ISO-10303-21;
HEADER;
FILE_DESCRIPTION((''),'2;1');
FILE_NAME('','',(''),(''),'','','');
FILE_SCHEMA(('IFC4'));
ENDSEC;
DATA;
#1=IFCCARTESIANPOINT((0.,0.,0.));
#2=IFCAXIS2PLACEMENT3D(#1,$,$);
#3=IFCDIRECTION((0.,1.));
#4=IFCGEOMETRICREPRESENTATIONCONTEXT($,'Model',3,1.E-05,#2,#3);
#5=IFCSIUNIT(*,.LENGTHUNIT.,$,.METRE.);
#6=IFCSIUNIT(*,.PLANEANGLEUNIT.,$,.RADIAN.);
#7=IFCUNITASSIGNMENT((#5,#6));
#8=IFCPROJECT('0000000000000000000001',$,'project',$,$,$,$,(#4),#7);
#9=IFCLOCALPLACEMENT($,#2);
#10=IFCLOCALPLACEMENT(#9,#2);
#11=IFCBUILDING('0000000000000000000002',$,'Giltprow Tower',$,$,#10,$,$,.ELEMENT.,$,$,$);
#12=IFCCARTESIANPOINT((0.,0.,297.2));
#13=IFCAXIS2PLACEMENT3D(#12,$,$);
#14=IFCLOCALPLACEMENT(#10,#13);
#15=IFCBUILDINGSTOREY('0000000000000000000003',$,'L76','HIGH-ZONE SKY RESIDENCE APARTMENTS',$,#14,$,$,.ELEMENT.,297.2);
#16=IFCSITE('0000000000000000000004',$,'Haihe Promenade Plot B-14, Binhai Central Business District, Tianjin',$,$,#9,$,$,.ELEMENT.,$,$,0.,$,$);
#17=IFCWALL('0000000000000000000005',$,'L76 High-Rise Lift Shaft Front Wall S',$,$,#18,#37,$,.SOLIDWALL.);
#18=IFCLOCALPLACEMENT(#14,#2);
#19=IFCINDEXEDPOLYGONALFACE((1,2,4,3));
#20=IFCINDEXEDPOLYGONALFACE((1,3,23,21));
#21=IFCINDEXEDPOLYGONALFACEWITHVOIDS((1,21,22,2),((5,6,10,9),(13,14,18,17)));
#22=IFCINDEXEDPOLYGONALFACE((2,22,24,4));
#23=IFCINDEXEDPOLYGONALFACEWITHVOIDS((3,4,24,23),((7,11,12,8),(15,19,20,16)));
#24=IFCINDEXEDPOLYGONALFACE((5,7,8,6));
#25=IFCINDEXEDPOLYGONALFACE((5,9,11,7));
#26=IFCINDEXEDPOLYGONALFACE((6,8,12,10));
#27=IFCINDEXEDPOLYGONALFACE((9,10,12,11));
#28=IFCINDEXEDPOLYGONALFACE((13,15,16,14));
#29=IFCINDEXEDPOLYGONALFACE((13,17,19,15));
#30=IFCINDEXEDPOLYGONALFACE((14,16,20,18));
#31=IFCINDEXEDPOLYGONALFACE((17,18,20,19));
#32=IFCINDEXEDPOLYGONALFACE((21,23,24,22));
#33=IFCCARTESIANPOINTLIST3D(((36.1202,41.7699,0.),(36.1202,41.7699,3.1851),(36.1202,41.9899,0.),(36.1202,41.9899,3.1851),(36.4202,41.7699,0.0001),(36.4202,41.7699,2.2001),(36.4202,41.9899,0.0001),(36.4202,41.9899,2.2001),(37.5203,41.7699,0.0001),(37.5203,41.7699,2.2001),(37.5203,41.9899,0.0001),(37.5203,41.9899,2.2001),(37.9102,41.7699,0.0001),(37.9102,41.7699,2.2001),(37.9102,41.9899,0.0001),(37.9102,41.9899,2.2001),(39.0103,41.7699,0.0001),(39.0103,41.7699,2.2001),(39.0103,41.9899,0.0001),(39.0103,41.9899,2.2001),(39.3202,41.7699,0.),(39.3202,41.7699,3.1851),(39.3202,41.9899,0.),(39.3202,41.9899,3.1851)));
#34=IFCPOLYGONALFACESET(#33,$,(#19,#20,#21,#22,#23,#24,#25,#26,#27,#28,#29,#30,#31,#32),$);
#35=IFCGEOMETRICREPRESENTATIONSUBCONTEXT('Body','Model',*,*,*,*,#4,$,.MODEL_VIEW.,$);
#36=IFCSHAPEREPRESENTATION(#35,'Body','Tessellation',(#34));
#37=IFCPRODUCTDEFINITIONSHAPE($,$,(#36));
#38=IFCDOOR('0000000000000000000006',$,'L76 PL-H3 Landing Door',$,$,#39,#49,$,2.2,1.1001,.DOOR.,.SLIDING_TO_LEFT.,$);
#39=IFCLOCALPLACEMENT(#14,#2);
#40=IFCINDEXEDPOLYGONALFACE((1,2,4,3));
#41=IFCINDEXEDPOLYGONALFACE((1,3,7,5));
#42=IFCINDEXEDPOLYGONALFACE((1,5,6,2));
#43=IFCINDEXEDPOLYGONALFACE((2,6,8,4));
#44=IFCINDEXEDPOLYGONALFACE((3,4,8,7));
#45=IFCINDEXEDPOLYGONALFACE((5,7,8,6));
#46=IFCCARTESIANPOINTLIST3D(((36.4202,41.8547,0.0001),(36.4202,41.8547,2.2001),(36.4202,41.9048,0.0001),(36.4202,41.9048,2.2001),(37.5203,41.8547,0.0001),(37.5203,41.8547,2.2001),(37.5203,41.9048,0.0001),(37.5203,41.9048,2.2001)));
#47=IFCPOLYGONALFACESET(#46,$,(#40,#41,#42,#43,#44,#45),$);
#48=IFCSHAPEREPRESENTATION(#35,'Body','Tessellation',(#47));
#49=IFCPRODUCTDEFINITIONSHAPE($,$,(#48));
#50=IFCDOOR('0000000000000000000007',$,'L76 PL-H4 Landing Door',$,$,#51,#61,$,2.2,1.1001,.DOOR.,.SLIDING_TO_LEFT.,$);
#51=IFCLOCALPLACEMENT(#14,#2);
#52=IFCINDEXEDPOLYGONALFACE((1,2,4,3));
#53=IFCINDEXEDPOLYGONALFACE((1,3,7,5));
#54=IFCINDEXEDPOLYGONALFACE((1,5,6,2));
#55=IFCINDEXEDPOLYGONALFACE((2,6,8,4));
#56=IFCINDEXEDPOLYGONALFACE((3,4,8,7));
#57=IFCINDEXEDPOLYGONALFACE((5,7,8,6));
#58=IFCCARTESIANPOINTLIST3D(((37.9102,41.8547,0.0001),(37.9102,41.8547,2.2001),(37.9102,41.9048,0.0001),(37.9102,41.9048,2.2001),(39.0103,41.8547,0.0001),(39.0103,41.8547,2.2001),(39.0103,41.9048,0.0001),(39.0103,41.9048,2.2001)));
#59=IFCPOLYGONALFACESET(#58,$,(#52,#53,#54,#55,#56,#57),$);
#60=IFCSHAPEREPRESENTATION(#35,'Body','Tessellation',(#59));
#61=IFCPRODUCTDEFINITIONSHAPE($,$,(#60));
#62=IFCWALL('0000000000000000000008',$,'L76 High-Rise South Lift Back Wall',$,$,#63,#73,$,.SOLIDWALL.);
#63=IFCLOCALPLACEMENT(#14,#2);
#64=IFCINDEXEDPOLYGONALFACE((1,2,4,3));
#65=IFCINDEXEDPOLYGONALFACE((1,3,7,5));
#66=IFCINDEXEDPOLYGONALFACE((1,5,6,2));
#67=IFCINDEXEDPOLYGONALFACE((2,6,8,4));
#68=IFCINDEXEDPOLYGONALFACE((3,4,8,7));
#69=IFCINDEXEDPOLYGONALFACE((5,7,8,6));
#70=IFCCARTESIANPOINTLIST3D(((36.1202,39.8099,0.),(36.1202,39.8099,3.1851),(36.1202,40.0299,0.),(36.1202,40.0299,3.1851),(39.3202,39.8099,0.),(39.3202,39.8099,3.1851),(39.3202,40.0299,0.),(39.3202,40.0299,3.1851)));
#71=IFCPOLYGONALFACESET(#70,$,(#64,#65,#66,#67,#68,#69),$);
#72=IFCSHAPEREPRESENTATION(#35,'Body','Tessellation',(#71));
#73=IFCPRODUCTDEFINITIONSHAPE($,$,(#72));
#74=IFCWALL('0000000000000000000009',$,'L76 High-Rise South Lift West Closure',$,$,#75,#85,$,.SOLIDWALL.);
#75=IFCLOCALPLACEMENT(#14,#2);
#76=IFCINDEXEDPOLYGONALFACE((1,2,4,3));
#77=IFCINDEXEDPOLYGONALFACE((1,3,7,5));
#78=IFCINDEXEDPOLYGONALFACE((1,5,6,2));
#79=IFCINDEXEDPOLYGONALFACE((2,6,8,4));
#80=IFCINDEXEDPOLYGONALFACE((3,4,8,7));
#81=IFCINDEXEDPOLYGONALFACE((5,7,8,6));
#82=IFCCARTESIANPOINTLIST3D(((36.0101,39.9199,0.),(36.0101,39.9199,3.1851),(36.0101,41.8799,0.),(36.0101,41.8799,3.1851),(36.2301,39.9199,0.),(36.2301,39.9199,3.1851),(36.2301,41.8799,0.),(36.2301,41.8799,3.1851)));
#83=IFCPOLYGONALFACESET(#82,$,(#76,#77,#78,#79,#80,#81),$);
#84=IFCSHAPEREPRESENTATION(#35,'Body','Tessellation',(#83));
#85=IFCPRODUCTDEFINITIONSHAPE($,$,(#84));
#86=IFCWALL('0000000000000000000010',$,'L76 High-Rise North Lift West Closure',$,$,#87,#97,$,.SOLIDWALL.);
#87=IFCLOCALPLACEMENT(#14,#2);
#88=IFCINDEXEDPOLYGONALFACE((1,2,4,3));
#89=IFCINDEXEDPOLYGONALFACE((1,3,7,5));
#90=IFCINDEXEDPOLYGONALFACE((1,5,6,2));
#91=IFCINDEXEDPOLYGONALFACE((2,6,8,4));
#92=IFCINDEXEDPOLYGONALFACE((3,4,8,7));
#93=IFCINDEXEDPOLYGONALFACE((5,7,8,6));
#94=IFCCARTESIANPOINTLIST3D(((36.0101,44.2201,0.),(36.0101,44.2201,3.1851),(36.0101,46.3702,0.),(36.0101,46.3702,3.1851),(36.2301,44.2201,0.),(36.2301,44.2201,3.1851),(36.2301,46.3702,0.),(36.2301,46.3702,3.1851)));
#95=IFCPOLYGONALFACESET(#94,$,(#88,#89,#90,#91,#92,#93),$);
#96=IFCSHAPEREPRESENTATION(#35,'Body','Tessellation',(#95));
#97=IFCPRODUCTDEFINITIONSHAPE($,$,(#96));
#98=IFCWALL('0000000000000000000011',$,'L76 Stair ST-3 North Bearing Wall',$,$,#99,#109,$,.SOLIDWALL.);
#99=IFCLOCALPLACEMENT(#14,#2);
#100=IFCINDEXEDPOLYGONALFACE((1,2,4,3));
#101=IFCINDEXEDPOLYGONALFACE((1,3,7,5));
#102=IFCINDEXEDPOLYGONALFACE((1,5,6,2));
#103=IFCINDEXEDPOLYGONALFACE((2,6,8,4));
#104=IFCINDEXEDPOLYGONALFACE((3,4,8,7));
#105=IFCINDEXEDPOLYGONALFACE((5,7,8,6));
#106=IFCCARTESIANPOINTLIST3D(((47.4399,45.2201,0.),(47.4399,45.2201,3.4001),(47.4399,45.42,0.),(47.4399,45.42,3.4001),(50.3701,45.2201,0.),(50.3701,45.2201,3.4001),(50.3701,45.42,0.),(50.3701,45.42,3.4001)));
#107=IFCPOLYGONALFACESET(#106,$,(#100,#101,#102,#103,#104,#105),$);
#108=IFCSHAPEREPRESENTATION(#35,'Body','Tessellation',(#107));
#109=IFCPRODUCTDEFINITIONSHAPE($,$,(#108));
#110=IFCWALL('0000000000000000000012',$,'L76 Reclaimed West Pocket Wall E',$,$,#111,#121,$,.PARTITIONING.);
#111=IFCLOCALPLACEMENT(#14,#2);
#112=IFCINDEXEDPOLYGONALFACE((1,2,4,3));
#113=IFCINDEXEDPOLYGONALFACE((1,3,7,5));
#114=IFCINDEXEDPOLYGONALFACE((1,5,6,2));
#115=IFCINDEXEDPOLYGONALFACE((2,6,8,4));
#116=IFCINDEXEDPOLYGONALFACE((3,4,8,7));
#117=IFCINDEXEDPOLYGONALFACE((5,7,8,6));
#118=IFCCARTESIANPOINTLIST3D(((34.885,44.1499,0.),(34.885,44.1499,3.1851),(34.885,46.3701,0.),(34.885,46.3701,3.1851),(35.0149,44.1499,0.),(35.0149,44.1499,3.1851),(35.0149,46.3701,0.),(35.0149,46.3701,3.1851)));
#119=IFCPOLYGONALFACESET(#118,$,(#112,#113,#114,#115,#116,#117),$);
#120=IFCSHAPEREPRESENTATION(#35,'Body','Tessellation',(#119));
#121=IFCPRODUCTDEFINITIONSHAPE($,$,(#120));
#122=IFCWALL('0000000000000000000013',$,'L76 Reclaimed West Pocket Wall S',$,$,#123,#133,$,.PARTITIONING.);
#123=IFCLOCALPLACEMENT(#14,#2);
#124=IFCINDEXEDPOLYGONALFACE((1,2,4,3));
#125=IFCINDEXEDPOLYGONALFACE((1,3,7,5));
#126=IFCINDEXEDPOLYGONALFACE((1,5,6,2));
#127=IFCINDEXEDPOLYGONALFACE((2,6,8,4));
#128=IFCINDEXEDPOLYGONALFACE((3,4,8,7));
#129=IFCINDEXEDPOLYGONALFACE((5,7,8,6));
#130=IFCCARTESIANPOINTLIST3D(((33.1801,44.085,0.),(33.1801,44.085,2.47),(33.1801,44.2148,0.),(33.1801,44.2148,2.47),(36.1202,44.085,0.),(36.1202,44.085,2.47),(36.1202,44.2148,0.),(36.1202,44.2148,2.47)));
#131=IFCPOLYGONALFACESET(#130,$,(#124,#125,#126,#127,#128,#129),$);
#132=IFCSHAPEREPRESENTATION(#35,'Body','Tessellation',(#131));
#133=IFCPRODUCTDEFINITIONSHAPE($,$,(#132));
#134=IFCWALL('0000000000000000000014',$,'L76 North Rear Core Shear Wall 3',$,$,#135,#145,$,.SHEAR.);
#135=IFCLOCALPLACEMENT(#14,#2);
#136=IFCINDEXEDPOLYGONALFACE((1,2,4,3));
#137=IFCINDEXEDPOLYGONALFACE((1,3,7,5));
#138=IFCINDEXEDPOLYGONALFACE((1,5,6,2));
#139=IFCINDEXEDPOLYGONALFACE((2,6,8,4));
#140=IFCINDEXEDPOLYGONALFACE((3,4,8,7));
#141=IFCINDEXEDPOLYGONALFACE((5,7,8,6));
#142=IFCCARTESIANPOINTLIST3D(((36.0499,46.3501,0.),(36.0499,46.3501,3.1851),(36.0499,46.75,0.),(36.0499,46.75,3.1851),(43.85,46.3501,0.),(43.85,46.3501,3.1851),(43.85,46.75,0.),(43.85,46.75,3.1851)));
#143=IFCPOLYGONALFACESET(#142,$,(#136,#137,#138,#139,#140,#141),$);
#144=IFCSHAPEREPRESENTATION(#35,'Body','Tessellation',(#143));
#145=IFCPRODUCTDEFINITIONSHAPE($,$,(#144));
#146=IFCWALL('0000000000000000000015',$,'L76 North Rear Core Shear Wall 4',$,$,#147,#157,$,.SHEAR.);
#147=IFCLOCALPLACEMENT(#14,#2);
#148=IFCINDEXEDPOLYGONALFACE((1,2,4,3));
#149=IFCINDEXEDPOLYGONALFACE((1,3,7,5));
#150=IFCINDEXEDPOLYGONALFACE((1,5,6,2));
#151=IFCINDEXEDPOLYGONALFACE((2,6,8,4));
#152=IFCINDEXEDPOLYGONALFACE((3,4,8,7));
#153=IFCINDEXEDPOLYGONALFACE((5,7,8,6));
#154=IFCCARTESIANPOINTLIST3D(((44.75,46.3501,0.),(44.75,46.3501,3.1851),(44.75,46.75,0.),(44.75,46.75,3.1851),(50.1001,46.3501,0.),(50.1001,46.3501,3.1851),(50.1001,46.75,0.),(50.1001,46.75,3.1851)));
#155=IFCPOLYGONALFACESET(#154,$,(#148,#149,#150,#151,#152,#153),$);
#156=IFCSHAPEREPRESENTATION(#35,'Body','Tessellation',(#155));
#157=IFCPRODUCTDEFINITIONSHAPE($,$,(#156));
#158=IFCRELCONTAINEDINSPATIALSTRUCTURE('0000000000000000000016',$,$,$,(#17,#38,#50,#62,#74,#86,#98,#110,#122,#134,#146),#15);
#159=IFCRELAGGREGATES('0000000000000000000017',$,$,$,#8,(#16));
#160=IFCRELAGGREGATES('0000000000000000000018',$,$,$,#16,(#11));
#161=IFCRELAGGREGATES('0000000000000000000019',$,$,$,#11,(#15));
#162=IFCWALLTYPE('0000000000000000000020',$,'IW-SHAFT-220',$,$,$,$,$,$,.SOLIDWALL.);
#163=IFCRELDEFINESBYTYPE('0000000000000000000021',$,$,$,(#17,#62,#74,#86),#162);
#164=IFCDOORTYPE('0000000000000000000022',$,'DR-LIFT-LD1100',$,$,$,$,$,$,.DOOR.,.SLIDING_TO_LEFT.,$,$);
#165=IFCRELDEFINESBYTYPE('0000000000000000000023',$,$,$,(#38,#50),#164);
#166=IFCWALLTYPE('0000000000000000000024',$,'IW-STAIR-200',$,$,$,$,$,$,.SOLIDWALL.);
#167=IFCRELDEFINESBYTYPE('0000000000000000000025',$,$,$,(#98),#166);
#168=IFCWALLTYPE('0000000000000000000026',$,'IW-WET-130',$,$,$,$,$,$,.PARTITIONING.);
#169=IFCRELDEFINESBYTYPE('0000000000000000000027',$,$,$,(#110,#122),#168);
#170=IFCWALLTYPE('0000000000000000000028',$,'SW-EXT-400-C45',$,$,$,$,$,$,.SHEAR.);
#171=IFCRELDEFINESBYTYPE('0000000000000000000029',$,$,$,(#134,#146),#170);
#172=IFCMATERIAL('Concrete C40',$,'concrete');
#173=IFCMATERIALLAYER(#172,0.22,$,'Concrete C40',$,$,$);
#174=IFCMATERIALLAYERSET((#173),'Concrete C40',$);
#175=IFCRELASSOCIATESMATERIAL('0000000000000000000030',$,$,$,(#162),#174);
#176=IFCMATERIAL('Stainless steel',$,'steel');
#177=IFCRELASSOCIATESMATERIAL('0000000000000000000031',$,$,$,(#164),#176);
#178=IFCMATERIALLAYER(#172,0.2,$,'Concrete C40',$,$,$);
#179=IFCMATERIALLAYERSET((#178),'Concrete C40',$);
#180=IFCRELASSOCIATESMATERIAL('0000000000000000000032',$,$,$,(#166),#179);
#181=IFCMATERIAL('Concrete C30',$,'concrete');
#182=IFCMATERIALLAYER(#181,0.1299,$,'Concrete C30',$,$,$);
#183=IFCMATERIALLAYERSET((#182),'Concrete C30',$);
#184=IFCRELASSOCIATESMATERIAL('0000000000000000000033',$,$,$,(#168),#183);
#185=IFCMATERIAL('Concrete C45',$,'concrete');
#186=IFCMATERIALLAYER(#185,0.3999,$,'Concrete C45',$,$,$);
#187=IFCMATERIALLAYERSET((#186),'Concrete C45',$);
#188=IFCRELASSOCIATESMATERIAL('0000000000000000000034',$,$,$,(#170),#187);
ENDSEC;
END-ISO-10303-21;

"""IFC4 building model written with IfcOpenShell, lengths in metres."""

from ifc_helpers import new_model, si_unit, direction, frame, frame_2d, origin, place, context, subcontext, project, spatial, rectangle, extrude, source, transform, mapped, material, layer, layer_set, type_object, element, fill, save


model = new_model("IFC4")

# Units and contexts
model_context = context("Model", 3, precision=1e-05, world=origin(), true_north=direction((0.0, 1.0)))
body_context = subcontext(model_context, "Body", "Model", "MODEL_VIEW")
ifc_project = project(units=[si_unit("LENGTHUNIT", "METRE"), si_unit("PLANEANGLEUNIT", "RADIAN")], contexts=[model_context])

# Site, building, storey
site_placement = place(None, origin())
site = spatial("IfcSite", under=ifc_project, at=site_placement, Name="Haihe Promenade Plot B-14, Binhai Central Business District, Tianjin", CompositionType="ELEMENT", RefElevation=0.0)
building_placement = place(site_placement, origin())
building = spatial("IfcBuilding", under=site, at=building_placement, Name="Giltprow Tower", CompositionType="ELEMENT")
storey_placement = place(building_placement, frame((0.0, 0.0, 297.2)))
storey = spatial("IfcBuildingStorey", under=building, at=storey_placement, Name="L76", Description="HIGH-ZONE SKY RESIDENCE APARTMENTS", CompositionType="ELEMENT", Elevation=297.2)

# Shared definitions
ifc_material_1 = material(Name="Concrete C45", Category="concrete")

# Shared definitions
ifc_material_2 = material(Name="Concrete C40", Category="concrete")
ifc_layer_1 = layer(ifc_material_2, 0.22, Name="Concrete C40")
ifc_layer_set_1 = layer_set([ifc_layer_1], Name="Concrete C40")
wall_type_1 = type_object("IfcWallType", Name="IW-SHAFT-220", PredefinedType="SOLIDWALL", material=ifc_layer_set_1)
ifc_material_3 = material(Name="Stainless steel", Category="steel")
door_type = type_object("IfcDoorType", Name="DR-LIFT-LD1100", OperationType="SLIDING_TO_LEFT", PredefinedType="DOOR", material=ifc_material_3)
shared_shape_1 = source(origin(), body_context, "Body", "SweptSolid", [
    extrude(rectangle(XDim=1.1001, YDim=2.2, at=frame_2d((0.55, 1.1001))), frame((0.0, 0.0249, 0.0), z_axis=(0.0, -1.0, 0.0), x_axis=(1.0, 0.0, 0.0)), (0.0, 0.0, 1.0), 0.05),
])

# Wall, openings, doors
wall_1_placement = place(storey_placement, frame((36.1201, 41.8799, 0.0), z_axis=(0.0, 0.0, 1.0), x_axis=(1.0, 0.0, 0.0)))
wall_1 = element("IfcWall", 1, at=wall_1_placement, inside=storey, type_object=wall_type_1, Name="L76 High-Rise Lift Shaft Front Wall S", PredefinedType="SOLIDWALL", context=body_context, shape_type="SweptSolid", body=[
    extrude(rectangle(XDim=3.2, YDim=0.22, at=frame_2d((1.6001, 0.0))), origin(), (0.0, 0.0, 1.0), 3.1851),
])
opening_1_placement = place(wall_1_placement, frame((0.3, 0.0, 0.0)))
opening_1 = element("IfcOpeningElement", 2, at=opening_1_placement, cuts=wall_1, PredefinedType="OPENING", context=body_context, shape_type="SweptSolid", body=[
    extrude(rectangle(XDim=1.1001, YDim=2.2, at=frame_2d((0.55, 1.1001))), frame((0.0, 0.1199, 0.0), z_axis=(0.0, -1.0, 0.0), x_axis=(1.0, 0.0, 0.0)), (0.0, 0.0, 1.0), 0.24),
])
opening_2_placement = place(wall_1_placement, frame((1.79, 0.0, 0.0)))
opening_2 = element("IfcOpeningElement", 3, at=opening_2_placement, cuts=wall_1, PredefinedType="OPENING", context=body_context, shape_type="SweptSolid", body=[
    extrude(rectangle(XDim=1.1001, YDim=2.2, at=frame_2d((0.55, 1.1001))), frame((0.0, 0.1199, 0.0), z_axis=(0.0, -1.0, 0.0), x_axis=(1.0, 0.0, 0.0)), (0.0, 0.0, 1.0), 0.24),
])
door_1_placement = place(opening_1_placement, origin())
door_1 = element("IfcDoor", 4, at=door_1_placement, inside=storey, type_object=door_type, Name="L76 PL-H3 Landing Door", OperationType="SLIDING_TO_LEFT", OverallHeight=2.2, OverallWidth=1.1001, PredefinedType="DOOR", context=body_context, shape_type="MappedRepresentation", body=[
    mapped(shared_shape_1, transform((0.0, 0.0, 0.0), x_axis=(1.0, 0.0, 0.0), y_axis=(0.0, 1.0, 0.0), z_axis=(0.0, 0.0, 1.0), scale=1.0)),
])
fill(opening_1, door_1)
door_2_placement = place(opening_2_placement, origin())
door_2 = element("IfcDoor", 5, at=door_2_placement, inside=storey, type_object=door_type, Name="L76 PL-H4 Landing Door", OperationType="SLIDING_TO_LEFT", OverallHeight=2.2, OverallWidth=1.1001, PredefinedType="DOOR", context=body_context, shape_type="MappedRepresentation", body=[
    mapped(shared_shape_1, transform((0.0, 0.0, 0.0), x_axis=(1.0, 0.0, 0.0), y_axis=(0.0, 1.0, 0.0), z_axis=(0.0, 0.0, 1.0), scale=1.0)),
])
fill(opening_2, door_2)

# Walls
wall_2_placement = place(storey_placement, frame((36.1201, 39.9199, 0.0), z_axis=(0.0, 0.0, 1.0), x_axis=(1.0, 0.0, 0.0)))
element("IfcWall", 6, at=wall_2_placement, inside=storey, type_object=wall_type_1, Name="L76 High-Rise South Lift Back Wall", PredefinedType="SOLIDWALL", context=body_context, shape_type="SweptSolid", body=[
    extrude(rectangle(XDim=3.2, YDim=0.22, at=frame_2d((1.6001, 0.0))), origin(), (0.0, 0.0, 1.0), 3.1851),
])
wall_3_placement = place(storey_placement, frame((36.1201, 39.9199, 0.0), z_axis=(0.0, 0.0, 1.0), x_axis=(0.0, 1.0, 0.0)))
element("IfcWall", 7, at=wall_3_placement, inside=storey, type_object=wall_type_1, Name="L76 High-Rise South Lift West Closure", PredefinedType="SOLIDWALL", context=body_context, shape_type="SweptSolid", body=[
    extrude(rectangle(XDim=1.96, YDim=0.22, at=frame_2d((0.98, 0.0))), origin(), (0.0, 0.0, 1.0), 3.1851),
])
wall_4_placement = place(storey_placement, frame((36.1201, 44.22, 0.0), z_axis=(0.0, 0.0, 1.0), x_axis=(0.0, 1.0, 0.0)))
element("IfcWall", 8, at=wall_4_placement, inside=storey, type_object=wall_type_1, Name="L76 High-Rise North Lift West Closure", PredefinedType="SOLIDWALL", context=body_context, shape_type="SweptSolid", body=[
    extrude(rectangle(XDim=2.1501, YDim=0.22, at=frame_2d((1.0752, 0.0))), origin(), (0.0, 0.0, 1.0), 3.1851),
])
ifc_layer_2 = layer(ifc_material_2, 0.2, Name="Concrete C40")
ifc_layer_set_2 = layer_set([ifc_layer_2], Name="Concrete C40")
wall_type_2 = type_object("IfcWallType", Name="IW-STAIR-200", PredefinedType="SOLIDWALL", material=ifc_layer_set_2)
wall_5_placement = place(storey_placement, frame((47.4399, 45.3201, 0.0), z_axis=(0.0, 0.0, 1.0), x_axis=(1.0, 0.0, 0.0)))
element("IfcWall", 9, at=wall_5_placement, inside=storey, type_object=wall_type_2, Name="L76 Stair ST-3 North Bearing Wall", PredefinedType="SOLIDWALL", context=body_context, shape_type="SweptSolid", body=[
    extrude(rectangle(XDim=2.9302, YDim=0.2, at=frame_2d((1.4651, 0.0))), origin(), (0.0, 0.0, 1.0), 3.4001),
])
ifc_material_4 = material(Name="Concrete C30", Category="concrete")
ifc_layer_3 = layer(ifc_material_4, 0.1299, Name="Concrete C30")
ifc_layer_set_3 = layer_set([ifc_layer_3], Name="Concrete C30")
wall_type_3 = type_object("IfcWallType", Name="IW-WET-130", PredefinedType="PARTITIONING", material=ifc_layer_set_3)
wall_6_placement = place(storey_placement, frame((34.95, 44.1499, 0.0), z_axis=(0.0, 0.0, 1.0), x_axis=(0.0, 1.0, 0.0)))
element("IfcWall", 10, at=wall_6_placement, inside=storey, type_object=wall_type_3, Name="L76 Reclaimed West Pocket Wall E", PredefinedType="PARTITIONING", context=body_context, shape_type="SweptSolid", body=[
    extrude(rectangle(XDim=2.2202, YDim=0.1299, at=frame_2d((1.1101, 0.0))), origin(), (0.0, 0.0, 1.0), 3.1851),
])
wall_7_placement = place(storey_placement, frame((33.1799, 44.1499, 0.0), z_axis=(0.0, 0.0, 1.0), x_axis=(1.0, 0.0, 0.0)))
element("IfcWall", 11, at=wall_7_placement, inside=storey, type_object=wall_type_3, Name="L76 Reclaimed West Pocket Wall S", PredefinedType="PARTITIONING", context=body_context, shape_type="SweptSolid", body=[
    extrude(rectangle(XDim=2.9402, YDim=0.1299, at=frame_2d((1.4702, 0.0))), origin(), (0.0, 0.0, 1.0), 2.47),
])
ifc_layer_4 = layer(ifc_material_1, 0.3999, Name="Concrete C45")
ifc_layer_set_4 = layer_set([ifc_layer_4], Name="Concrete C45")
wall_type_4 = type_object("IfcWallType", Name="SW-EXT-400-C45", PredefinedType="SHEAR", material=ifc_layer_set_4)
wall_8_placement = place(storey_placement, frame((36.05, 46.55, 0.0), z_axis=(0.0, 0.0, 1.0), x_axis=(1.0, 0.0, 0.0)))
element("IfcWall", 12, at=wall_8_placement, inside=storey, type_object=wall_type_4, Name="L76 North Rear Core Shear Wall 3", PredefinedType="SHEAR", context=body_context, shape_type="SweptSolid", body=[
    extrude(rectangle(XDim=7.8, YDim=0.3999, at=frame_2d((3.8999, 0.0))), origin(), (0.0, 0.0, 1.0), 3.1851),
])
wall_9_placement = place(storey_placement, frame((44.75, 46.55, 0.0), z_axis=(0.0, 0.0, 1.0), x_axis=(1.0, 0.0, 0.0)))
element("IfcWall", 13, at=wall_9_placement, inside=storey, type_object=wall_type_4, Name="L76 North Rear Core Shear Wall 4", PredefinedType="SHEAR", context=body_context, shape_type="SweptSolid", body=[
    extrude(rectangle(XDim=5.3501, YDim=0.3999, at=frame_2d((2.675, 0.0))), origin(), (0.0, 0.0, 1.0), 3.1851),
])

save(model, "model.ifc")
